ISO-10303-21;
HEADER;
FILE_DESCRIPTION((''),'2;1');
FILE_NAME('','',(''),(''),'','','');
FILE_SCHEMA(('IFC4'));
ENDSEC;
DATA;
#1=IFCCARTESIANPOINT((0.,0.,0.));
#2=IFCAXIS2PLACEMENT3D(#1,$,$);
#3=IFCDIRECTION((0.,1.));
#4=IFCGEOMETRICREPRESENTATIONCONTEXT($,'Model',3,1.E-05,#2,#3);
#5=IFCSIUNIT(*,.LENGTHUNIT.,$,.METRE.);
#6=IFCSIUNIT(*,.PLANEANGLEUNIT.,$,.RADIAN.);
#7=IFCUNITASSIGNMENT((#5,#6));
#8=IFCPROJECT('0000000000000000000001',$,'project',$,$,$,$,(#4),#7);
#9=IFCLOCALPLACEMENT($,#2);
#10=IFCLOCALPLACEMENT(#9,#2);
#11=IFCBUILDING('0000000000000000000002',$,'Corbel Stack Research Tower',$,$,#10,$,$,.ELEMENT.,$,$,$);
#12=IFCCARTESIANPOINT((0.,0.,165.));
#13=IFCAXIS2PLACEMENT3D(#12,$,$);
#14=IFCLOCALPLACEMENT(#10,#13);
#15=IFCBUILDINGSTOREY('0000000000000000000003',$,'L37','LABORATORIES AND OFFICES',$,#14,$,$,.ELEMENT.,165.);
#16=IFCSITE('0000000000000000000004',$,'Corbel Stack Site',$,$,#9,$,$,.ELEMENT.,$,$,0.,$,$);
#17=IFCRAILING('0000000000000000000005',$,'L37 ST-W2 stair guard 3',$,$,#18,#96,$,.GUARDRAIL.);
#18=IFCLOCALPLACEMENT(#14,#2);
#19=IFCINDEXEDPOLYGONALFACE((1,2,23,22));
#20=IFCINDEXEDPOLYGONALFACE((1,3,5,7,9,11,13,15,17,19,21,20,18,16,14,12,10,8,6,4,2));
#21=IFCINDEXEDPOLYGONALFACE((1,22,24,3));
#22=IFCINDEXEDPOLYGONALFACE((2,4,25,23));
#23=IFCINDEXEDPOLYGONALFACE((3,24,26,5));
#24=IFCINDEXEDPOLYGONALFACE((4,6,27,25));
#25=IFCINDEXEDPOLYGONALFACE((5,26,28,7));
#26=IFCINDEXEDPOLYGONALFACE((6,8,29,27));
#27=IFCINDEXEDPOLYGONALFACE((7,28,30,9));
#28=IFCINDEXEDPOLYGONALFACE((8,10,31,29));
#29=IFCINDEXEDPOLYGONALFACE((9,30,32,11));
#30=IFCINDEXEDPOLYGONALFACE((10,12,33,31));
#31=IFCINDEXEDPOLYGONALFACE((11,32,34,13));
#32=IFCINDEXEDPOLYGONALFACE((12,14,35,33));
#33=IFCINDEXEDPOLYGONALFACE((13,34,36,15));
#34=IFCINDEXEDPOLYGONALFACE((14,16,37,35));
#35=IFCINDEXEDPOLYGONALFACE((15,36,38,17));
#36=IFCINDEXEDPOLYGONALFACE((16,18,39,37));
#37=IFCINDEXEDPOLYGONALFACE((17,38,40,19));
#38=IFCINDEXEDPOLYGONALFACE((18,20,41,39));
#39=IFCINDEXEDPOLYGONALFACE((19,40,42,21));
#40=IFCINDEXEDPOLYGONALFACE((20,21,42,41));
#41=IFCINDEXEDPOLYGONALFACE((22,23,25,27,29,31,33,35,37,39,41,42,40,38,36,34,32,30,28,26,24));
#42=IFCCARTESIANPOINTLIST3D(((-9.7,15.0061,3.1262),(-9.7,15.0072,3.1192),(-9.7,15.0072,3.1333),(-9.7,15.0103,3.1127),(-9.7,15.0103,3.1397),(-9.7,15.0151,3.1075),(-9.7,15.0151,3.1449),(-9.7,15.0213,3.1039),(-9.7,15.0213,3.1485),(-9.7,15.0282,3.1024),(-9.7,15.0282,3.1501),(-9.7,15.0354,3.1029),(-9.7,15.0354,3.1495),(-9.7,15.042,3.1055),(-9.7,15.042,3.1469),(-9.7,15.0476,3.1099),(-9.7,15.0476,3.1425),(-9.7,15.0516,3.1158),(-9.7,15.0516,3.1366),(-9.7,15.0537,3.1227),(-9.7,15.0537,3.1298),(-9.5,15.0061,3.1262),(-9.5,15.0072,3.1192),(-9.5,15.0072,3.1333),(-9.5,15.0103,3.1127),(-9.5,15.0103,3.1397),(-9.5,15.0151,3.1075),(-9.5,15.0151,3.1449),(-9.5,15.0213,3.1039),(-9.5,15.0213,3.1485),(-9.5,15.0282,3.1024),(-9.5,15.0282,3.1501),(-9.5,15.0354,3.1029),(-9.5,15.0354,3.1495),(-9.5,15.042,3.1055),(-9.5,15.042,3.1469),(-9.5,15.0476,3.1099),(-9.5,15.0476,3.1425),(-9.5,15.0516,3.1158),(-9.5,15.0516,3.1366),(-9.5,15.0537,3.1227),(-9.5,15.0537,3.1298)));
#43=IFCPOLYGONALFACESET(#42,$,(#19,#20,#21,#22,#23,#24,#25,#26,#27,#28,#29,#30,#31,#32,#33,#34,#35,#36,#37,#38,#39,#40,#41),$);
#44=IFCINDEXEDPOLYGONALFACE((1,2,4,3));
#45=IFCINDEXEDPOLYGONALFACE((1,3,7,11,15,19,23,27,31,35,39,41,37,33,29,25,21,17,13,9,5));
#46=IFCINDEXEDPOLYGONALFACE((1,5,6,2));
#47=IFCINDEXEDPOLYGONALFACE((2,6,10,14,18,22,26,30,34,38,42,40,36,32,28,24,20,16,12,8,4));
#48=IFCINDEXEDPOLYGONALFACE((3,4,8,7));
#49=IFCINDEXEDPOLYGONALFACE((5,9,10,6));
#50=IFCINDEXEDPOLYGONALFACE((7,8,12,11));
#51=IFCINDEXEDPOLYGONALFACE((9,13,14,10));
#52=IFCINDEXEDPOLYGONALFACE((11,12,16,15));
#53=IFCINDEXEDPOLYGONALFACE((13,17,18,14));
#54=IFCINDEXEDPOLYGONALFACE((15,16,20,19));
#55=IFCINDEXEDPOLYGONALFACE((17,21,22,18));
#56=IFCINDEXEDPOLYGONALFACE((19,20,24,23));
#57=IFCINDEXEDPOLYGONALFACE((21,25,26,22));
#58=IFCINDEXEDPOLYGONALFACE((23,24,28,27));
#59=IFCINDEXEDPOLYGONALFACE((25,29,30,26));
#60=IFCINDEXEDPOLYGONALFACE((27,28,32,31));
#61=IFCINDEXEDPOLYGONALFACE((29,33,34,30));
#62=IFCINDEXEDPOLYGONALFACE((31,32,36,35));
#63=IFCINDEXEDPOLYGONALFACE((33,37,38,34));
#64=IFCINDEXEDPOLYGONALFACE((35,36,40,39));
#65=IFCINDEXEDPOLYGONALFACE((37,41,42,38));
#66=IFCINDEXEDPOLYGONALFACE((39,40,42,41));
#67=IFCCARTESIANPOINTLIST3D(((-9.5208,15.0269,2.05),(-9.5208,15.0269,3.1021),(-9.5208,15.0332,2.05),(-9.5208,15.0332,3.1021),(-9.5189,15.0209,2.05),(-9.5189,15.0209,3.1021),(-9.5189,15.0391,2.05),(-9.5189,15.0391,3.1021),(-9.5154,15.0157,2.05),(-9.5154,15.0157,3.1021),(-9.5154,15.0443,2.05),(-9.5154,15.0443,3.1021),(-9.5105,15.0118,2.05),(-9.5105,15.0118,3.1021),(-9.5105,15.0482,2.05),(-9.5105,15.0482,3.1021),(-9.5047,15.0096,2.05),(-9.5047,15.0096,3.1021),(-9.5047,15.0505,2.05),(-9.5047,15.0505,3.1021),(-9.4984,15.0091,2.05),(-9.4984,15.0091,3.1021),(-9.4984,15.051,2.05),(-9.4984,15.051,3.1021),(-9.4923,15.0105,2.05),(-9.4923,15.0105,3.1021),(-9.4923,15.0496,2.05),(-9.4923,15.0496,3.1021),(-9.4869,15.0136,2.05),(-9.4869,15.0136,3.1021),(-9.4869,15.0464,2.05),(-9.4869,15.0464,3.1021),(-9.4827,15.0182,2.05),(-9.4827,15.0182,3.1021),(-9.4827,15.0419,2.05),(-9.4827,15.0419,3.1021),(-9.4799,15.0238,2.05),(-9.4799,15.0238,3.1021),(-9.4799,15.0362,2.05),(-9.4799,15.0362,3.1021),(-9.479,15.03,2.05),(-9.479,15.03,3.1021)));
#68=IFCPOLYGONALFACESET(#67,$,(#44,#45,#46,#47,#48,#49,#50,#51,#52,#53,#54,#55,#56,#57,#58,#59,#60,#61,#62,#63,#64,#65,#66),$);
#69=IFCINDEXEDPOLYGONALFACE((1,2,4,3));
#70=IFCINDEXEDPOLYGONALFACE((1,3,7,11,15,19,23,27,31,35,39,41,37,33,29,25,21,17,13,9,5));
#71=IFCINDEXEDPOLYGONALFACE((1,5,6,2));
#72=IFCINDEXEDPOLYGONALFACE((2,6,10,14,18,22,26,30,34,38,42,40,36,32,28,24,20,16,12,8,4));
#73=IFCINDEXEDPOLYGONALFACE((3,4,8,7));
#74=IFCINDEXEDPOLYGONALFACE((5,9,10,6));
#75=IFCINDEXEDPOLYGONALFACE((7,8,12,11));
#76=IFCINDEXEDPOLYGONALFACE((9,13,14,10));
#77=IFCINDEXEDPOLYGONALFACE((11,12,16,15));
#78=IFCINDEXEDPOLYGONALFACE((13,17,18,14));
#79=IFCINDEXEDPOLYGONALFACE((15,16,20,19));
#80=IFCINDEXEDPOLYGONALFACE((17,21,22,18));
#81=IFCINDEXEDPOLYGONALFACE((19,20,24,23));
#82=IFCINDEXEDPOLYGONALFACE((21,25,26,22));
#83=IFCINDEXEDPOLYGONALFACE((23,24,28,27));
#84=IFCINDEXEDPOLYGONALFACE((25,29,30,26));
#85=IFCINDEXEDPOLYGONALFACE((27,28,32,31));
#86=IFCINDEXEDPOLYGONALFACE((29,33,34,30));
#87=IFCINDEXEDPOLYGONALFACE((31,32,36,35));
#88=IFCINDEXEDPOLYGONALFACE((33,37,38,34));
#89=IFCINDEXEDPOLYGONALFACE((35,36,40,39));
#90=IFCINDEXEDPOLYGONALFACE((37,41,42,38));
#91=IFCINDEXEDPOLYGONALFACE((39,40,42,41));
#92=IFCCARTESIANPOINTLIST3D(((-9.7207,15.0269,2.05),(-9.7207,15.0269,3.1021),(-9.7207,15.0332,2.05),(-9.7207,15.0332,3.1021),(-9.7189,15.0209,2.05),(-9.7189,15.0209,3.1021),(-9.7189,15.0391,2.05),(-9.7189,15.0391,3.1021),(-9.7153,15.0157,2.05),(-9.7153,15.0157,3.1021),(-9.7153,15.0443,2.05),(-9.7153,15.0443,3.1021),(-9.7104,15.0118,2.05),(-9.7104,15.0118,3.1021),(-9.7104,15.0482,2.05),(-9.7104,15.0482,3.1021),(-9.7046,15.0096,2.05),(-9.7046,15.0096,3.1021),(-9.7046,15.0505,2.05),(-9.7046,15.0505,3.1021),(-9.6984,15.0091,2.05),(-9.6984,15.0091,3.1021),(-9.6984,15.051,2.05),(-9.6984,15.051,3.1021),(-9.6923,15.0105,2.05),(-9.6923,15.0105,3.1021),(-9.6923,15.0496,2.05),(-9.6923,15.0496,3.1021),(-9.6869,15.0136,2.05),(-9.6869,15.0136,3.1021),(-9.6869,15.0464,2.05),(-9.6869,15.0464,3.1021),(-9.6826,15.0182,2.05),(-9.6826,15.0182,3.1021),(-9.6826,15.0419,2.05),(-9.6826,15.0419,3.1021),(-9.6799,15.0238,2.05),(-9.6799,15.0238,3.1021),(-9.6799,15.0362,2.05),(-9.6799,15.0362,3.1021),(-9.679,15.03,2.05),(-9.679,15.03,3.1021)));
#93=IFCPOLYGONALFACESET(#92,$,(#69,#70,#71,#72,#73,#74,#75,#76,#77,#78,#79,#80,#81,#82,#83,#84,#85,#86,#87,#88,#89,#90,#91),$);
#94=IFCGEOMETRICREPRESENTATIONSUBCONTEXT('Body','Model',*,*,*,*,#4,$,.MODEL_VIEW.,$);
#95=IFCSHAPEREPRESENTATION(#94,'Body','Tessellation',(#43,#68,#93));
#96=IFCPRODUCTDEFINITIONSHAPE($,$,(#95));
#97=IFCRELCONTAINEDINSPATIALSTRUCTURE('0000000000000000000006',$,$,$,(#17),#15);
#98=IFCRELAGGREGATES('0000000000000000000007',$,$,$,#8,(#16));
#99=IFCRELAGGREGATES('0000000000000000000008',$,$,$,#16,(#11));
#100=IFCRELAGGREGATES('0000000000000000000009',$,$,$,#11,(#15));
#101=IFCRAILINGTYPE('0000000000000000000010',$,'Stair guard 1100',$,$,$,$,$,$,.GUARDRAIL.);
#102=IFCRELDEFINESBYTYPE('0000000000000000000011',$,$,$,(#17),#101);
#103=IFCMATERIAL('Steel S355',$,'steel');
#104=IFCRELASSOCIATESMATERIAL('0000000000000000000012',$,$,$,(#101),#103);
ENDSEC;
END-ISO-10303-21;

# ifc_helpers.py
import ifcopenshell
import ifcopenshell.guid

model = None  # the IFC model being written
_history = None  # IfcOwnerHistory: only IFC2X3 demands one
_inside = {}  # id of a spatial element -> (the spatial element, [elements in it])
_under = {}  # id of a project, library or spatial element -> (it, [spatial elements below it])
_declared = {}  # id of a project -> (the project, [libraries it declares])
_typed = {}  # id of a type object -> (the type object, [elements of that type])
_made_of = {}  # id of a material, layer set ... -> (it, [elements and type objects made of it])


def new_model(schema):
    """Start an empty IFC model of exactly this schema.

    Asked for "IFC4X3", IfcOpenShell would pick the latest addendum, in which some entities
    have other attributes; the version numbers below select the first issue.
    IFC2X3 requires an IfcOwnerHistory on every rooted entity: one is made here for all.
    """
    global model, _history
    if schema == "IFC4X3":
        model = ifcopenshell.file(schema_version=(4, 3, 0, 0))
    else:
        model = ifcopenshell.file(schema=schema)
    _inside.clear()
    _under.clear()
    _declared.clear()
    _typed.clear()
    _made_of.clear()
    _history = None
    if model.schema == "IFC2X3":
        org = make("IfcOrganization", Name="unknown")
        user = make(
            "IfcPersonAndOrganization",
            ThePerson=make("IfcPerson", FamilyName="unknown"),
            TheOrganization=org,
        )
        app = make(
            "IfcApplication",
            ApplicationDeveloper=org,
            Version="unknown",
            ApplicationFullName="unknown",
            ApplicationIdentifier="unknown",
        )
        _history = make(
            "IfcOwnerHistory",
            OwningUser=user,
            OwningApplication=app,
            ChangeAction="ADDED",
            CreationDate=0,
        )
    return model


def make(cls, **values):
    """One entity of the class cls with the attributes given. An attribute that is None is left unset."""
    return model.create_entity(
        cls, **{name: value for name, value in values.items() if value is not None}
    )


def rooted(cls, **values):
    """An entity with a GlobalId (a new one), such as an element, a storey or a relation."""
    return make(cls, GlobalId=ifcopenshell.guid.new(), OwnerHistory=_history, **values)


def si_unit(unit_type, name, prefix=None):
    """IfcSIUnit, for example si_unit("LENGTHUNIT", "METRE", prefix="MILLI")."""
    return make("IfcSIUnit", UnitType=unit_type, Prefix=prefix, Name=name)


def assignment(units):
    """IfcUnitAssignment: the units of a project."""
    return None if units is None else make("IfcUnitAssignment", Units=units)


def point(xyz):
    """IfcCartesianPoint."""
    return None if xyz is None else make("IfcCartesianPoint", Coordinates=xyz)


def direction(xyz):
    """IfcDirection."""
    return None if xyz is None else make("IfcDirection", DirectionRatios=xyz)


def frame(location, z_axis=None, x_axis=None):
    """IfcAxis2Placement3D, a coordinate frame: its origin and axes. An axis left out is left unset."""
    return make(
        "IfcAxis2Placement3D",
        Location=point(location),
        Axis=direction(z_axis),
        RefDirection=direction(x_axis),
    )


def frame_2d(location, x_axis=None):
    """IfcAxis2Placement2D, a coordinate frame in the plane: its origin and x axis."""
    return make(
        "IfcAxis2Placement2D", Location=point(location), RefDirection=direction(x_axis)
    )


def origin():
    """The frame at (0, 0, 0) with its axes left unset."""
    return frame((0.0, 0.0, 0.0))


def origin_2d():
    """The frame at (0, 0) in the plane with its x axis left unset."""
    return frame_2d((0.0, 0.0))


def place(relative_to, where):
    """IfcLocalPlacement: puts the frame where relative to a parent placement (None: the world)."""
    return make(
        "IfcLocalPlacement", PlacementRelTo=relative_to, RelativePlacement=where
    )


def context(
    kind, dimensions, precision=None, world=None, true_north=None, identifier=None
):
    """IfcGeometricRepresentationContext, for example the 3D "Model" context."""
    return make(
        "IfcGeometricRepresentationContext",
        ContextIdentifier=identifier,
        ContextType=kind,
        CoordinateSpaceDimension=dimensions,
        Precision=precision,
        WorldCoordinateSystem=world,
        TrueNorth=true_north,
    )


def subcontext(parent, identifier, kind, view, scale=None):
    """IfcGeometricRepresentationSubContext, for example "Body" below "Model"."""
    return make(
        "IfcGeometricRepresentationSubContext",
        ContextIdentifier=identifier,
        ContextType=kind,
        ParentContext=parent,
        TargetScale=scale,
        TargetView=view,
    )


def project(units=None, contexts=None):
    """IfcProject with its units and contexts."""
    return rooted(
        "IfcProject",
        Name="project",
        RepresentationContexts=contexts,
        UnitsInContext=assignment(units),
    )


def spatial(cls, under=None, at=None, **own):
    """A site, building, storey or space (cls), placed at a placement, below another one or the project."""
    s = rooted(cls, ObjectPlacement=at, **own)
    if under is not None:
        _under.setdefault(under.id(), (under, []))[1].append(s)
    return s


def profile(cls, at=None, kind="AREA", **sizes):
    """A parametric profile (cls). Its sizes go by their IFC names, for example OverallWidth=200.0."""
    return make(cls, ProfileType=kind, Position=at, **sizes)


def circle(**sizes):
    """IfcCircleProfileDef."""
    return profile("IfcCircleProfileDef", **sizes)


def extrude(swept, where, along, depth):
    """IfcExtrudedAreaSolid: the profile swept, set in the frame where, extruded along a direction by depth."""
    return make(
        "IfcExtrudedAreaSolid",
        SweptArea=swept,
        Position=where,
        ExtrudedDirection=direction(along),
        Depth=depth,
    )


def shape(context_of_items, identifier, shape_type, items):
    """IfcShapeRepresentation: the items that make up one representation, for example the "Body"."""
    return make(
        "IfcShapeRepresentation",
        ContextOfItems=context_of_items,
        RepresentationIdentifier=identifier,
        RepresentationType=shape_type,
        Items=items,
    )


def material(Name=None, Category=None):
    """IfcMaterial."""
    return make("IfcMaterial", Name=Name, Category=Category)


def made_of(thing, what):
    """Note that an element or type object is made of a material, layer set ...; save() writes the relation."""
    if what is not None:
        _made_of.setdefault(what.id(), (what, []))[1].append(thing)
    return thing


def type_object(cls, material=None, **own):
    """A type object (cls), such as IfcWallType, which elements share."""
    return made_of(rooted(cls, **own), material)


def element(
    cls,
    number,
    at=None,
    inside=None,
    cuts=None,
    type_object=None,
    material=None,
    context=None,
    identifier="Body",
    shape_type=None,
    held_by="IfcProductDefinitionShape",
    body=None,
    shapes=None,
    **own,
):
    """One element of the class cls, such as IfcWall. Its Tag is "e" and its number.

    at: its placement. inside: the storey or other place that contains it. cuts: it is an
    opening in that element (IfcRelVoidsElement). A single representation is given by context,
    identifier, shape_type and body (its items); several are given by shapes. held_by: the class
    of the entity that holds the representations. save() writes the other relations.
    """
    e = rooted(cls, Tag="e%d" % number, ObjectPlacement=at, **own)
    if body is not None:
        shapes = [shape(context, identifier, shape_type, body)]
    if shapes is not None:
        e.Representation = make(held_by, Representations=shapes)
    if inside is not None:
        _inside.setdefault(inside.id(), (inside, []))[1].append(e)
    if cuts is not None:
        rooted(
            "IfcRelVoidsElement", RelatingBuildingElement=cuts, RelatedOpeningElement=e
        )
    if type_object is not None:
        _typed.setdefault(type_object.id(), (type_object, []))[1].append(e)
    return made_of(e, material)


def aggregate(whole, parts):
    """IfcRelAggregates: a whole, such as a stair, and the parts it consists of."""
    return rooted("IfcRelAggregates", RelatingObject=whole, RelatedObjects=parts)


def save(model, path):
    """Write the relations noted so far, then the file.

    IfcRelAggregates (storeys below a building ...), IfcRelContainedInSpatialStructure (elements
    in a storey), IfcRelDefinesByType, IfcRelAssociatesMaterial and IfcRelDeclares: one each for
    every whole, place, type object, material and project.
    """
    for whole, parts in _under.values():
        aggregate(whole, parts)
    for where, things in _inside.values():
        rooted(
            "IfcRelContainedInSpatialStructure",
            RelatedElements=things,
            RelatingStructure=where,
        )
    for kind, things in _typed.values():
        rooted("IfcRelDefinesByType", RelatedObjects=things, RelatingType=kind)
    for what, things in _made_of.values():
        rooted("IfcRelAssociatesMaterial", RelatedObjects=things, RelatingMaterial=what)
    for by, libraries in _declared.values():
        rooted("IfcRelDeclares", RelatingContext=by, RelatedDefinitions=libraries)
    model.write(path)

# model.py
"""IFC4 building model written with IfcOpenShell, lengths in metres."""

from ifc_helpers import new_model, si_unit, direction, frame, origin, origin_2d, place, context, subcontext, project, spatial, circle, extrude, material, type_object, element, save


model = new_model("IFC4")

# Units and contexts
model_context = context("Model", 3, precision=1e-05, world=origin(), true_north=direction((0.0, 1.0)))
body_context = subcontext(model_context, "Body", "Model", "MODEL_VIEW")
ifc_project = project(units=[si_unit("LENGTHUNIT", "METRE"), si_unit("PLANEANGLEUNIT", "RADIAN")], contexts=[model_context])

# Site, building, storey
site_placement = place(None, origin())
site = spatial("IfcSite", under=ifc_project, at=site_placement, Name="Corbel Stack Site", CompositionType="ELEMENT", RefElevation=0.0)
building_placement = place(site_placement, origin())
building = spatial("IfcBuilding", under=site, at=building_placement, Name="Corbel Stack Research Tower", CompositionType="ELEMENT")
storey_placement = place(building_placement, frame((0.0, 0.0, 165.0)))
storey = spatial("IfcBuildingStorey", under=building, at=storey_placement, Name="L37", Description="LABORATORIES AND OFFICES", CompositionType="ELEMENT", Elevation=165.0)

# Railing
ifc_material_1 = material(Name="Steel S355", Category="steel")
railing_type_1 = type_object("IfcRailingType", Name="Stair guard 1100", PredefinedType="GUARDRAIL", material=ifc_material_1)
railing_1_placement = place(storey_placement, frame((-9.5, 15.03, 2.05)))
element("IfcRailing", 1, at=railing_1_placement, inside=storey, type_object=railing_type_1, Name="L37 ST-W2 stair guard 3", PredefinedType="GUARDRAIL", context=body_context, shape_type="SweptSolid", body=[
    extrude(circle(Radius=0.0239, at=origin_2d()), frame((0.0, 0.0, 1.0762), z_axis=(-1.0, 0.0, 0.0), x_axis=(0.0, -1.0, 0.0)), (0.0, 0.0, 1.0), 0.2),
    extrude(circle(Radius=0.021, at=origin_2d()), origin(), (0.0, 0.0, 1.0), 1.052),
    extrude(circle(Radius=0.021, at=origin_2d()), frame((-0.2, 0.0, 0.0)), (0.0, 0.0, 1.0), 1.052),
])

save(model, "model.ifc")
